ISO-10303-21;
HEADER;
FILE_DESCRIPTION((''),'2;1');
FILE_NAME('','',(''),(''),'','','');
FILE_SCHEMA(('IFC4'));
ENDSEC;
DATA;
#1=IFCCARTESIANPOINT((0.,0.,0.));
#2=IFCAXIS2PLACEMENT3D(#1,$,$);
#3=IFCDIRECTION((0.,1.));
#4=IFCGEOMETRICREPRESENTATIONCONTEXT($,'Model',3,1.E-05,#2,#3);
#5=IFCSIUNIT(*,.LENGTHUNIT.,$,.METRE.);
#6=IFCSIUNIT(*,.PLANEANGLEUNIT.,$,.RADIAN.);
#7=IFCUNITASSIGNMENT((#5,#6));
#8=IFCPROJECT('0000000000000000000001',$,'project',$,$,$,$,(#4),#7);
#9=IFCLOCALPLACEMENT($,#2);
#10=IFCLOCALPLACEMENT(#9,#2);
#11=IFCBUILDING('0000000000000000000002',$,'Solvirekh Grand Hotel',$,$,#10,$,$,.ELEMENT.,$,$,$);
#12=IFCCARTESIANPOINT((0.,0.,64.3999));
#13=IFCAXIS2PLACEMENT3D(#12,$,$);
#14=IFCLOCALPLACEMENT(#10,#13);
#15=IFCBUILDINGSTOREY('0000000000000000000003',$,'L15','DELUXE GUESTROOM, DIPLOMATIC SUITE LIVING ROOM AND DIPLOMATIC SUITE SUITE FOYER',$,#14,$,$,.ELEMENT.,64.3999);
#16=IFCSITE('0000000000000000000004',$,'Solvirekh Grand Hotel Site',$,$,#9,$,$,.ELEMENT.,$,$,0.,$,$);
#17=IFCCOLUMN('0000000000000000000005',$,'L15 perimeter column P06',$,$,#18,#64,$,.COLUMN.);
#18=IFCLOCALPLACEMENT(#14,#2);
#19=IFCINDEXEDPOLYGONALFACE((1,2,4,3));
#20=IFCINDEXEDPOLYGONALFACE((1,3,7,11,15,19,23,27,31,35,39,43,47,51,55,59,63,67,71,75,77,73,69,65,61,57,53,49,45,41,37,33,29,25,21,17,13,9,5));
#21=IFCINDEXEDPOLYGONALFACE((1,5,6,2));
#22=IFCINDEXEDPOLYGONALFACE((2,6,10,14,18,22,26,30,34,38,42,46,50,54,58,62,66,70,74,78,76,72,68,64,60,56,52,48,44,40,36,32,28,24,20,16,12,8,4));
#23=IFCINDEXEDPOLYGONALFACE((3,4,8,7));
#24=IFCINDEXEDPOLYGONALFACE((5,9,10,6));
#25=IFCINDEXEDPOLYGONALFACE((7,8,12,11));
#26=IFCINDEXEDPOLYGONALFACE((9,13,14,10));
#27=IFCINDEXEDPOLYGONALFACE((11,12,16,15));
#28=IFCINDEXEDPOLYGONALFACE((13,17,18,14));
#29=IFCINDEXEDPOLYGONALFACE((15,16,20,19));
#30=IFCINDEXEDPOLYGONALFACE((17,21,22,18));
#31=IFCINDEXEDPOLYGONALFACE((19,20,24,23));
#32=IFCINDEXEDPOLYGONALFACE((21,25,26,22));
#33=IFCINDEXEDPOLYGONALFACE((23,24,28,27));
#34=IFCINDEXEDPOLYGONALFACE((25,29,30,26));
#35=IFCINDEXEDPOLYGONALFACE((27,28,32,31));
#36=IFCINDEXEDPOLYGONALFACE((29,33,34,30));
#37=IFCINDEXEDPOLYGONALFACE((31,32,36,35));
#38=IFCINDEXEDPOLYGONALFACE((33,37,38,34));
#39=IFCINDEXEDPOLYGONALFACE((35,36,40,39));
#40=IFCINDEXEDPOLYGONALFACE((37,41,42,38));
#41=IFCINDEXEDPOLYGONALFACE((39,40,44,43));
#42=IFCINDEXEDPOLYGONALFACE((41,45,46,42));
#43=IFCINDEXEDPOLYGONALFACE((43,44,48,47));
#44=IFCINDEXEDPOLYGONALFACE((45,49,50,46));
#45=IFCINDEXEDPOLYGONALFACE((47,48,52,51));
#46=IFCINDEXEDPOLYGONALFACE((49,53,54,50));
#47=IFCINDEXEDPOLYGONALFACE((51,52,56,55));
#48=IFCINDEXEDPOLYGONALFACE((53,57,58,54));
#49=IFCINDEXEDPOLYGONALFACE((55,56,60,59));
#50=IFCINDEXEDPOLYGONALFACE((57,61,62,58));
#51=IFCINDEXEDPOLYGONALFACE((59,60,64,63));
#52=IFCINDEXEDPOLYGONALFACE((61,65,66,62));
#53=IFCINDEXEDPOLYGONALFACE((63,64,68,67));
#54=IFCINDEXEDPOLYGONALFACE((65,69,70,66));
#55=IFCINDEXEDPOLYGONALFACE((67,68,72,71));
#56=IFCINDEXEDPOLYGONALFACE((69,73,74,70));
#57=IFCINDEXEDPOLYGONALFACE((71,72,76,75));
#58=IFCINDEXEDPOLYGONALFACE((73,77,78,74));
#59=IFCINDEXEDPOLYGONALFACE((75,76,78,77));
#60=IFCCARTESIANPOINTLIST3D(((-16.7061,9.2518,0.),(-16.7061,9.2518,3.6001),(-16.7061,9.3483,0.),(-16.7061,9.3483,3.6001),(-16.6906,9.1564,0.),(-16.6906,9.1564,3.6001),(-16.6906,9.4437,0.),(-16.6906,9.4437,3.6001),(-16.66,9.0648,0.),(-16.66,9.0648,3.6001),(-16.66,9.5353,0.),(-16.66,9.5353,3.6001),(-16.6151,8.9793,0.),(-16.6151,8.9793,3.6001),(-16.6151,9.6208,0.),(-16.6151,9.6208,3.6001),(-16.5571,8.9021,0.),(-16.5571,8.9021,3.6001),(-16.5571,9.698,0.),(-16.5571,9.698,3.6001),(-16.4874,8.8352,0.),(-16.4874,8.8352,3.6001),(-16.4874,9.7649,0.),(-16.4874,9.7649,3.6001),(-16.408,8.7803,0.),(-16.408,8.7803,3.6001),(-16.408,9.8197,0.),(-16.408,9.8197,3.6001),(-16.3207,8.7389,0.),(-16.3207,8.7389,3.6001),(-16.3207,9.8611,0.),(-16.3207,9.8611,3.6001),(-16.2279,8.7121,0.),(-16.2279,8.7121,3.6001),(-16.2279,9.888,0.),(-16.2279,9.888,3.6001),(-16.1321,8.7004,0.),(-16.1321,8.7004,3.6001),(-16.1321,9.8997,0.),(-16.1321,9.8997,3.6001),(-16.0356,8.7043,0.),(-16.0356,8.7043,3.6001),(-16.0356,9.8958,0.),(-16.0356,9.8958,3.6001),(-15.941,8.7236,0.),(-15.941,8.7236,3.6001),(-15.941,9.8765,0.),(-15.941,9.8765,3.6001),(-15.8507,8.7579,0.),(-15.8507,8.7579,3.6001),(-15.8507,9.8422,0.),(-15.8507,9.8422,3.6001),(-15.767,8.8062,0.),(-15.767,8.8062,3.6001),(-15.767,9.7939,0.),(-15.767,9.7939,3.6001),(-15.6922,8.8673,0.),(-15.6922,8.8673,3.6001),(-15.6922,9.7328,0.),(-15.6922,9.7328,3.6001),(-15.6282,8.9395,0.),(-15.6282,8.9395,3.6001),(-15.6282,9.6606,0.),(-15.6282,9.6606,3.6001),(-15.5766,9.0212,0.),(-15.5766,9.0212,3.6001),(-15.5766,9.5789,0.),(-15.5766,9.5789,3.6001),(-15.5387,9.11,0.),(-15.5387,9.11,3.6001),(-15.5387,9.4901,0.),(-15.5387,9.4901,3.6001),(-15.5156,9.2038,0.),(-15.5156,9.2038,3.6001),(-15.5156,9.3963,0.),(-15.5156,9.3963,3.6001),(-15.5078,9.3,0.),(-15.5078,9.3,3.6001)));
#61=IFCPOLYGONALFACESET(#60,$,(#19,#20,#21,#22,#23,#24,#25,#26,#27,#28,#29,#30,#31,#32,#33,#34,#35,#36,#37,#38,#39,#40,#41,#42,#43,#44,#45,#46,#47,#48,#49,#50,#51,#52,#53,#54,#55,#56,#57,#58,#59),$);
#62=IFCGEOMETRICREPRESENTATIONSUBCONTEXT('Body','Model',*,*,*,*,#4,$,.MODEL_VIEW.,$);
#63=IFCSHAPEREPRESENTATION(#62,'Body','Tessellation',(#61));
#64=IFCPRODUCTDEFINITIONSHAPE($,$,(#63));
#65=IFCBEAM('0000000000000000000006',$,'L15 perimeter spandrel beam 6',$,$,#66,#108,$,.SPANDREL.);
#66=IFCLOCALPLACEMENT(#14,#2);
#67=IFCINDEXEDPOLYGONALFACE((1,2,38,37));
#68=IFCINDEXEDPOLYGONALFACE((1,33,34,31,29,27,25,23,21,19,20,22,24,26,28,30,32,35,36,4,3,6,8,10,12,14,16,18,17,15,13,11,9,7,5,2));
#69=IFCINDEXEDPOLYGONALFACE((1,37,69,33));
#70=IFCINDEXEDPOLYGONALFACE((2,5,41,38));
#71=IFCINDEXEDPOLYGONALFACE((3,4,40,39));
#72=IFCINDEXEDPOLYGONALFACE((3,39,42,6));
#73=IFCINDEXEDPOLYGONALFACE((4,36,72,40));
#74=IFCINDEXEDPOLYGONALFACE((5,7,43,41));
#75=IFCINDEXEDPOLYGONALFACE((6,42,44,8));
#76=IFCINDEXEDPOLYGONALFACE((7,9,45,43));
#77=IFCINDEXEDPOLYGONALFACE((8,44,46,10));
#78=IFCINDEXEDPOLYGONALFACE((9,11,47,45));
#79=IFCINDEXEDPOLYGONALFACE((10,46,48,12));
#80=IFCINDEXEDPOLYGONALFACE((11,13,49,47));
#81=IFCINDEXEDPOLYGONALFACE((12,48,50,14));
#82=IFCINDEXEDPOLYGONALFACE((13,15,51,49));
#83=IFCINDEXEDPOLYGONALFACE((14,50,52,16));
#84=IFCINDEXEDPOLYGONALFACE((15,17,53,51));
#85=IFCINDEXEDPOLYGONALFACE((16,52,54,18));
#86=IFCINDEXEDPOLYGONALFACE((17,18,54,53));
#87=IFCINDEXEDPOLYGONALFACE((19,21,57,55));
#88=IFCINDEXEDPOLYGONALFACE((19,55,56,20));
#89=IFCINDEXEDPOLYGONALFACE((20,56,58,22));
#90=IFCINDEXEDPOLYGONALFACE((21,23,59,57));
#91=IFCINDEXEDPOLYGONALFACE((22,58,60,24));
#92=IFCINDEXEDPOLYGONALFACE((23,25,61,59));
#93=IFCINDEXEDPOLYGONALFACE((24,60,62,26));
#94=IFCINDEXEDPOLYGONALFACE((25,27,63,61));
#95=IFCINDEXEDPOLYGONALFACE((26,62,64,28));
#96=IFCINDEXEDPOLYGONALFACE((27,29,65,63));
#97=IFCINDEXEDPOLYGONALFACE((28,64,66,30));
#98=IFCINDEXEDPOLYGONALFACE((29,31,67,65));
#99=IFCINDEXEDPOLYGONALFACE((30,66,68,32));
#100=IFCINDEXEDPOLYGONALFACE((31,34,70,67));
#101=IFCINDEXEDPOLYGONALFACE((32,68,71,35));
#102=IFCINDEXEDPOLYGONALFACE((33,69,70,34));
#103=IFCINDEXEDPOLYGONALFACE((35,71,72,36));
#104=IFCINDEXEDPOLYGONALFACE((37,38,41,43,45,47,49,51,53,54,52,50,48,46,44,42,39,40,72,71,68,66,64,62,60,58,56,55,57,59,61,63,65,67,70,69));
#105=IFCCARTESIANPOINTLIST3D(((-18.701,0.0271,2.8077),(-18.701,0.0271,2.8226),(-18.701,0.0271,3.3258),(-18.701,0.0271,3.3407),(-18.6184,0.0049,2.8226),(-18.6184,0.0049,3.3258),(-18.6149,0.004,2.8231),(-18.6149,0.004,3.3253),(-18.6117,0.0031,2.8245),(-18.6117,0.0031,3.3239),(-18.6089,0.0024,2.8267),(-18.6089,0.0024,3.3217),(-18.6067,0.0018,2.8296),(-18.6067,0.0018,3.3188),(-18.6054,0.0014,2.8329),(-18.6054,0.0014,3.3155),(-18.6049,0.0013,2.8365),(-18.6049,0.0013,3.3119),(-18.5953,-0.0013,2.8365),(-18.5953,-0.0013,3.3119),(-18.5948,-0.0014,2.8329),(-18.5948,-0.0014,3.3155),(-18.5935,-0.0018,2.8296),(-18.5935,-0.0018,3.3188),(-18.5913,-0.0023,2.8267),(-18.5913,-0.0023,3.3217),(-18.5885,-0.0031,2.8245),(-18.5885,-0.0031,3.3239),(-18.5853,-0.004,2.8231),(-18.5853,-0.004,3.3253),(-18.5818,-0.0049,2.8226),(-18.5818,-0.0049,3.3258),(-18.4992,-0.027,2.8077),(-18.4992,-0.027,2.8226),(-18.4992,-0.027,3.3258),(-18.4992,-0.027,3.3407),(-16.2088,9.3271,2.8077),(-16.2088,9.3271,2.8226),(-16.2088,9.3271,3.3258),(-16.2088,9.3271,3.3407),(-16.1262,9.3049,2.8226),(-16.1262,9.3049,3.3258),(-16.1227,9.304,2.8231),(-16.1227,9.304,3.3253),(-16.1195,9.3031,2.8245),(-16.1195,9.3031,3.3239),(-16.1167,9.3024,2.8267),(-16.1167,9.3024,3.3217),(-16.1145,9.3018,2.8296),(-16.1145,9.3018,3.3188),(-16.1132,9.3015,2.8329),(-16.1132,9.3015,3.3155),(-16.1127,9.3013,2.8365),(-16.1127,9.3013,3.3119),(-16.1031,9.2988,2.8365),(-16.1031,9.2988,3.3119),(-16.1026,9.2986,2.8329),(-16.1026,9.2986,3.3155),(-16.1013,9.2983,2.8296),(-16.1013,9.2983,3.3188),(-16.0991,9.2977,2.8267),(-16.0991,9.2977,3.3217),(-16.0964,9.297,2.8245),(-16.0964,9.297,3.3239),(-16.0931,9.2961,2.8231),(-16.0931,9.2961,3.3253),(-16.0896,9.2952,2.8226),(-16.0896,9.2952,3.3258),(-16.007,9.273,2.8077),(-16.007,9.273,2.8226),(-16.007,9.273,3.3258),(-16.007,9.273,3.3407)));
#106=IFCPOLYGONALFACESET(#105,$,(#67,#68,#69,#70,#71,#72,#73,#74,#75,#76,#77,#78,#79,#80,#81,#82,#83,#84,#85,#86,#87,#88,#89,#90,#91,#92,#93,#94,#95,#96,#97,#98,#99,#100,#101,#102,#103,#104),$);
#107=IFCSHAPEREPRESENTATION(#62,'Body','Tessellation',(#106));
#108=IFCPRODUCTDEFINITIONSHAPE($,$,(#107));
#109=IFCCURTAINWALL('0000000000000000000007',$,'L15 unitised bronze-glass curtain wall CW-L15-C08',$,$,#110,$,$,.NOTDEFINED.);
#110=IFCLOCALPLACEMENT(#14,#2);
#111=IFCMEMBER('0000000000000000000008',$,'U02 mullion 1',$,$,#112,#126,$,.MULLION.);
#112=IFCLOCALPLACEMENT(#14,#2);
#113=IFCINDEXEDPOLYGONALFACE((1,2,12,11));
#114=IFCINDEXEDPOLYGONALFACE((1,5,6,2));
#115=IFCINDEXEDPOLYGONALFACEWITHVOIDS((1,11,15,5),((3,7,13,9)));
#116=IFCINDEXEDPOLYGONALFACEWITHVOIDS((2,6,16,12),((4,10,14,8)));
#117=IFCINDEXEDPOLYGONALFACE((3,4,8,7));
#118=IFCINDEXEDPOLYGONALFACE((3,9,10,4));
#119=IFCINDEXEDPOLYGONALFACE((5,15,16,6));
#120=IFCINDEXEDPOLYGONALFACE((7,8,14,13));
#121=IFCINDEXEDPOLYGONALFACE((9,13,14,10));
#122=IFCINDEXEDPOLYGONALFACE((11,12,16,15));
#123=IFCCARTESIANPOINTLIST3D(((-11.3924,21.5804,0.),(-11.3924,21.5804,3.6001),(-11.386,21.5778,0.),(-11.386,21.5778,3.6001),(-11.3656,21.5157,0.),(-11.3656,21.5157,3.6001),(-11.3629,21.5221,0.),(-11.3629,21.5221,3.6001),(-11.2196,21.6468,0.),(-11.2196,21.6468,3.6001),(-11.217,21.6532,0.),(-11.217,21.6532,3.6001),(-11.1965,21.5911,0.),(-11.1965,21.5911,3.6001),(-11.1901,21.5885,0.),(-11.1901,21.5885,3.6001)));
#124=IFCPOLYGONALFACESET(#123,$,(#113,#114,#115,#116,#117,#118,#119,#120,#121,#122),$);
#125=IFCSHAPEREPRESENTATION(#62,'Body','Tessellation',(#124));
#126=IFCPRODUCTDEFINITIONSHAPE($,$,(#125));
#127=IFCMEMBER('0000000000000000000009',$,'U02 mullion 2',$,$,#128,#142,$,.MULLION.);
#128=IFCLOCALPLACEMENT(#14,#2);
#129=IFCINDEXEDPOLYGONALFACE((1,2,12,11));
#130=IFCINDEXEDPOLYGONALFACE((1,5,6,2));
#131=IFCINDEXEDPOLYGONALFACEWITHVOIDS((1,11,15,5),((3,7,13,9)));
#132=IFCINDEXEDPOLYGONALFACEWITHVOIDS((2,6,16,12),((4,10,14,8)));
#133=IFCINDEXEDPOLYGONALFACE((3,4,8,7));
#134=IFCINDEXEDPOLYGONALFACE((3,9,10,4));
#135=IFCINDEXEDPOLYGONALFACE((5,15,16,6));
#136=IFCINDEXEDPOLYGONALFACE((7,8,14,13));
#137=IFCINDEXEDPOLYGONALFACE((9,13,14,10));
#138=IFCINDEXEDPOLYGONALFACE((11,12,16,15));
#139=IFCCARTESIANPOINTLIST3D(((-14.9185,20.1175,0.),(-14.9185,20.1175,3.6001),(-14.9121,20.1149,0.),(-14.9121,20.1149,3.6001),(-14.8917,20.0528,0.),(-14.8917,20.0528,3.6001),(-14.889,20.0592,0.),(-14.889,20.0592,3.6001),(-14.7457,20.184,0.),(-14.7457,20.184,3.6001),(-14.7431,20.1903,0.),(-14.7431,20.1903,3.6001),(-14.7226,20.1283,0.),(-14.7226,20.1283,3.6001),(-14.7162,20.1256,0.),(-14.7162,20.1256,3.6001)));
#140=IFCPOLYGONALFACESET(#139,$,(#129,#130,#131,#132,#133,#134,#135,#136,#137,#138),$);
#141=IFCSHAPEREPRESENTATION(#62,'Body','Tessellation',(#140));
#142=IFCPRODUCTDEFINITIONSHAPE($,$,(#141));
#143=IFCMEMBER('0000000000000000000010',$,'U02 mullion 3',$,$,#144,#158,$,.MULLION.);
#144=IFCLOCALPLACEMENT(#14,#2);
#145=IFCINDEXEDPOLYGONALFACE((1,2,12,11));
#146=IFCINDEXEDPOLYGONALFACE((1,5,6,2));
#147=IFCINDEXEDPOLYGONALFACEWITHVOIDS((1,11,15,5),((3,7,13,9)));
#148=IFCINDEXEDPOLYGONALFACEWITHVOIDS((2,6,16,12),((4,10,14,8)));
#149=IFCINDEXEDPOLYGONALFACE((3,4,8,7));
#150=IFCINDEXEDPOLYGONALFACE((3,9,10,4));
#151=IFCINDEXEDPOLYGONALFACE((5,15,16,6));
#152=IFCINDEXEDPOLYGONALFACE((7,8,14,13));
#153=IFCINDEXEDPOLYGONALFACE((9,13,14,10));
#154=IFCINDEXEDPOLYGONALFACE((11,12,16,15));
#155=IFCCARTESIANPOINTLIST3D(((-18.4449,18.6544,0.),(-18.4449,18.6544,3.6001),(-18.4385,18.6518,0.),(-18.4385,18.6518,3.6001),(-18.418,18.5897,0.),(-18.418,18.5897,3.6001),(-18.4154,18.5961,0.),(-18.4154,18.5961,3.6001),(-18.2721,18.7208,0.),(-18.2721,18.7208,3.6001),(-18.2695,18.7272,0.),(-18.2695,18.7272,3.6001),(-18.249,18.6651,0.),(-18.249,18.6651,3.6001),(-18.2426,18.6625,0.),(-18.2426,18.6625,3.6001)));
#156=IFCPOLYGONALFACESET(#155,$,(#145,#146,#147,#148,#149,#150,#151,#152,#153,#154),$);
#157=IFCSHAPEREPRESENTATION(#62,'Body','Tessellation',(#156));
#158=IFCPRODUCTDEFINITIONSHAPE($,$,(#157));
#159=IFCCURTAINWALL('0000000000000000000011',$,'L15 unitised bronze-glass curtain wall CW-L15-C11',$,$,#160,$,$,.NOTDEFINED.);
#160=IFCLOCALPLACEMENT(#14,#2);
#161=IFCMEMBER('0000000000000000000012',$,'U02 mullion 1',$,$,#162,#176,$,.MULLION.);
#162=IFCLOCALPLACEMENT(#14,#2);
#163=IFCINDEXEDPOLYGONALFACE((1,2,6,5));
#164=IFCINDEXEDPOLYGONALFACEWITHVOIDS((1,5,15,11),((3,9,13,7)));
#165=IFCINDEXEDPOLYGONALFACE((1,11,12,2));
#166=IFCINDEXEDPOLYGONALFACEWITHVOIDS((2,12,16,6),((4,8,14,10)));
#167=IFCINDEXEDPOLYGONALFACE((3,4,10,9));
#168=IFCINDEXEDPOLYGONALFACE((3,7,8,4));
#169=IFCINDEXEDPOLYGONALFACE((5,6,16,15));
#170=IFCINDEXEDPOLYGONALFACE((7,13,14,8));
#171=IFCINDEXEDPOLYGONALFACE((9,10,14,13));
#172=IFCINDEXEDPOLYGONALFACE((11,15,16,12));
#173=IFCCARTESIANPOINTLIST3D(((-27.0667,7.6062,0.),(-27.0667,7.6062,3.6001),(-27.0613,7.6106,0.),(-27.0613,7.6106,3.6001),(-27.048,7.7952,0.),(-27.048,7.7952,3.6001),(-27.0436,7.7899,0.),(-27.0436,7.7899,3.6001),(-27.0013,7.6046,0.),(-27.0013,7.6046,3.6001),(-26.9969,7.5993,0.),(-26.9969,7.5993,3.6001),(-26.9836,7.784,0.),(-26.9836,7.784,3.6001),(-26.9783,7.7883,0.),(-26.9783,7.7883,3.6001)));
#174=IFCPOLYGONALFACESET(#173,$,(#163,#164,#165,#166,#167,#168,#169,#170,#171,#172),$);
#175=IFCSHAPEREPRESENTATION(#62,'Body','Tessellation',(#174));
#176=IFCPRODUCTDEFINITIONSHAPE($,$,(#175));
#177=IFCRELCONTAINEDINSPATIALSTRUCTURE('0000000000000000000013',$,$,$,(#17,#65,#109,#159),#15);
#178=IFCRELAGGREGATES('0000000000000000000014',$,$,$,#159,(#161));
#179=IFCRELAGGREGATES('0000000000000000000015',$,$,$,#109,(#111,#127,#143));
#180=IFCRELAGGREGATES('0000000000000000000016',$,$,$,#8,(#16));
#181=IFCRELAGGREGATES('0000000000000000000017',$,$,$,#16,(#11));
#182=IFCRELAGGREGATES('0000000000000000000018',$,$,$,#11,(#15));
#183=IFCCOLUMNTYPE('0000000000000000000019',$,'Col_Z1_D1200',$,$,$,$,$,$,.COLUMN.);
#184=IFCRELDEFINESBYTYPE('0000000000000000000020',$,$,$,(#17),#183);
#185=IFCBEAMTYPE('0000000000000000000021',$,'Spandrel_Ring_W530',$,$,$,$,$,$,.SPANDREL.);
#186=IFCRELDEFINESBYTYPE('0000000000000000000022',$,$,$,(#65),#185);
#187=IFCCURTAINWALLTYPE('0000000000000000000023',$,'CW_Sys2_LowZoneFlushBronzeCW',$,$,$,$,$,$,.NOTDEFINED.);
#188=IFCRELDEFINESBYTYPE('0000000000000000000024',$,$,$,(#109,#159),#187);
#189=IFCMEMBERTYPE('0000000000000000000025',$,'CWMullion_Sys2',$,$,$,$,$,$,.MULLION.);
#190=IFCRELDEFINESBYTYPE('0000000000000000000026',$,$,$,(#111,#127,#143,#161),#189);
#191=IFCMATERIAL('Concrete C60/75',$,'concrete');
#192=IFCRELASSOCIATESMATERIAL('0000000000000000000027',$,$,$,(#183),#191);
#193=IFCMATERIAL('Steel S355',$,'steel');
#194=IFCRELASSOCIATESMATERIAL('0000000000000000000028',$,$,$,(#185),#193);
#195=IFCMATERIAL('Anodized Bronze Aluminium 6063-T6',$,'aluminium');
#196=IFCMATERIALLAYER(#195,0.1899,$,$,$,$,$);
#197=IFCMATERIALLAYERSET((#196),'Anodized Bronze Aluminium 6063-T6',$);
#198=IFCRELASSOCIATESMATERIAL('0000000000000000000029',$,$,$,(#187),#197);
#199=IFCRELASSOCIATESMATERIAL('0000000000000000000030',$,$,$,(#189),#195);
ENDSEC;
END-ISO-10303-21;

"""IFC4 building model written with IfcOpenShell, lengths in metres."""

from ifc_helpers import new_model, si_unit, direction, frame, origin, origin_2d, place, context, subcontext, project, spatial, hollow_rectangle, circle, i_section, extrude, source, transform, mapped, material, layer, layer_set, material_profile, profile_set, type_object, element, aggregate, save


model = new_model("IFC4")

# Units and contexts
model_context = context("Model", 3, precision=1e-05, world=origin(), true_north=direction((0.0, 1.0)))
body_context = subcontext(model_context, "Body", "Model", "MODEL_VIEW")
ifc_project = project(units=[si_unit("LENGTHUNIT", "METRE"), si_unit("PLANEANGLEUNIT", "RADIAN")], contexts=[model_context])

# Site, building, storey
site_placement = place(None, origin())
site = spatial("IfcSite", under=ifc_project, at=site_placement, Name="Solvirekh Grand Hotel Site", CompositionType="ELEMENT", RefElevation=0.0)
building_placement = place(site_placement, origin())
building = spatial("IfcBuilding", under=site, at=building_placement, Name="Solvirekh Grand Hotel", CompositionType="ELEMENT")
storey_placement = place(building_placement, frame((0.0, 0.0, 64.3999)))
storey = spatial("IfcBuildingStorey", under=building, at=storey_placement, Name="L15", Description="DELUXE GUESTROOM, DIPLOMATIC SUITE LIVING ROOM AND DIPLOMATIC SUITE SUITE FOYER", CompositionType="ELEMENT", Elevation=64.3999)

# Column
ifc_material_1 = material(Name="Concrete C60/75", Category="concrete")
ifc_material_profile_1 = material_profile(ifc_material_1, circle(Radius=0.6001, at=origin_2d()), Name="RC CIRC D1200")
ifc_profile_set_1 = profile_set([ifc_material_profile_1], Name="Concrete C60/75")
column_type = type_object("IfcColumnType", Name="Col_Z1_D1200", PredefinedType="COLUMN", material=ifc_profile_set_1)
column_placement = place(storey_placement, frame((-16.1079, 9.3, 0.0), z_axis=(0.0, 0.0, 1.0), x_axis=(1.0, 0.0, 0.0)))
element("IfcColumn", 1, at=column_placement, inside=storey, type_object=column_type, Name="L15 perimeter column P06", PredefinedType="COLUMN", context=body_context, shape_type="SweptSolid", body=[
    extrude(circle(Radius=0.6001, at=origin_2d()), origin(), (0.0, 0.0, 1.0), 3.6001),
])

# Beam
ifc_material_2 = material(Name="Steel S355", Category="steel")
ifc_material_profile_2 = material_profile(ifc_material_2, i_section(OverallWidth=0.209, OverallDepth=0.533, WebThickness=0.01, FlangeThickness=0.0149, FilletRadius=0.0139, at=origin_2d()), Name="W530X92")
ifc_profile_set_2 = profile_set([ifc_material_profile_2], Name="Steel S355")
beam_type = type_object("IfcBeamType", Name="Spandrel_Ring_W530", PredefinedType="SPANDREL", material=ifc_profile_set_2)
beam_placement = place(storey_placement, frame((-16.1079, 9.3, 3.0742), z_axis=(-0.258843, -0.965919, 0.0), x_axis=(0.965919, -0.258843, 0.0)))
element("IfcBeam", 2, at=beam_placement, inside=storey, type_object=beam_type, Name="L15 perimeter spandrel beam 6", PredefinedType="SPANDREL", context=body_context, shape_type="SweptSolid", body=[
    extrude(i_section(OverallWidth=0.209, OverallDepth=0.533, WebThickness=0.01, FlangeThickness=0.0149, FilletRadius=0.0139, at=origin_2d()), origin(), (0.0, 0.0, 1.0), 9.6282),
])

# Curtain wall, members
ifc_material_3 = material(Name="Anodized Bronze Aluminium 6063-T6", Category="aluminium")
ifc_layer_1 = layer(ifc_material_3, 0.1899)
ifc_layer_set_1 = layer_set([ifc_layer_1], Name="Anodized Bronze Aluminium 6063-T6")
curtain_wall_type = type_object("IfcCurtainWallType", Name="CW_Sys2_LowZoneFlushBronzeCW", PredefinedType="NOTDEFINED", material=ifc_layer_set_1)
curtain_wall_1_placement = place(storey_placement, origin())
curtain_wall_1 = element("IfcCurtainWall", 3, at=curtain_wall_1_placement, inside=storey, type_object=curtain_wall_type, Name="L15 unitised bronze-glass curtain wall CW-L15-C08", PredefinedType="NOTDEFINED")
ifc_material_profile_3 = material_profile(ifc_material_3, hollow_rectangle(XDim=0.0701, YDim=0.1899, WallThickness=0.0049, at=origin_2d()), Name="ALU RHS 190X70X5")
ifc_profile_set_3 = profile_set([ifc_material_profile_3], Name="Anodized Bronze Aluminium 6063-T6")
member_type_1 = type_object("IfcMemberType", Name="CWMullion_Sys2", PredefinedType="MULLION", material=ifc_profile_set_3)
shared_shape_1 = source(origin(), body_context, "Body", "SweptSolid", [
    extrude(hollow_rectangle(XDim=0.0701, YDim=0.1899, WallThickness=0.0049, at=origin_2d()), origin(), (0.0, 0.0, 1.0), 3.6001),
])
member_1_placement = place(storey_placement, frame((-11.2913, 21.5845, 0.0), z_axis=(0.0, 0.0, 1.0), x_axis=(0.383242, -0.923648, 0.0)))
member_1 = element("IfcMember", 4, at=member_1_placement, type_object=member_type_1, Name="U02 mullion 1", PredefinedType="MULLION", context=body_context, shape_type="MappedRepresentation", body=[
    mapped(shared_shape_1, transform((0.0, 0.0, 0.0), x_axis=(1.0, 0.0, 0.0), y_axis=(0.0, 1.0, 0.0), z_axis=(0.0, 0.0, 1.0), scale=1.0)),
])
member_2_placement = place(storey_placement, frame((-14.8174, 20.1216, 0.0), z_axis=(0.0, 0.0, 1.0), x_axis=(0.383242, -0.923648, 0.0)))
member_2 = element("IfcMember", 5, at=member_2_placement, type_object=member_type_1, Name="U02 mullion 2", PredefinedType="MULLION", context=body_context, shape_type="MappedRepresentation", body=[
    mapped(shared_shape_1, transform((0.0, 0.0, 0.0), x_axis=(1.0, 0.0, 0.0), y_axis=(0.0, 1.0, 0.0), z_axis=(0.0, 0.0, 1.0), scale=1.0)),
])
member_3_placement = place(storey_placement, frame((-18.3438, 18.6584, 0.0), z_axis=(0.0, 0.0, 1.0), x_axis=(0.383242, -0.923648, 0.0)))
member_3 = element("IfcMember", 6, at=member_3_placement, type_object=member_type_1, Name="U02 mullion 3", PredefinedType="MULLION", context=body_context, shape_type="MappedRepresentation", body=[
    mapped(shared_shape_1, transform((0.0, 0.0, 0.0), x_axis=(1.0, 0.0, 0.0), y_axis=(0.0, 1.0, 0.0), z_axis=(0.0, 0.0, 1.0), scale=1.0)),
])

# Curtain wall, member
curtain_wall_2_placement = place(storey_placement, origin())
curtain_wall_2 = element("IfcCurtainWall", 7, at=curtain_wall_2_placement, inside=storey, type_object=curtain_wall_type, Name="L15 unitised bronze-glass curtain wall CW-L15-C11", PredefinedType="NOTDEFINED")
member_4_placement = place(storey_placement, frame((-27.0225, 7.6973, 0.0), z_axis=(0.0, 0.0, 1.0), x_axis=(0.995154, -0.098331, 0.0)))
member_4 = element("IfcMember", 8, at=member_4_placement, type_object=member_type_1, Name="U02 mullion 1", PredefinedType="MULLION", context=body_context, shape_type="MappedRepresentation", body=[
    mapped(shared_shape_1, transform((0.0, 0.0, 0.0), x_axis=(1.0, 0.0, 0.0), y_axis=(0.0, 1.0, 0.0), z_axis=(0.0, 0.0, 1.0), scale=1.0)),
])
aggregate(curtain_wall_2, [member_4])

aggregate(curtain_wall_1, [member_1, member_2, member_3])

save(model, "model.ifc")
